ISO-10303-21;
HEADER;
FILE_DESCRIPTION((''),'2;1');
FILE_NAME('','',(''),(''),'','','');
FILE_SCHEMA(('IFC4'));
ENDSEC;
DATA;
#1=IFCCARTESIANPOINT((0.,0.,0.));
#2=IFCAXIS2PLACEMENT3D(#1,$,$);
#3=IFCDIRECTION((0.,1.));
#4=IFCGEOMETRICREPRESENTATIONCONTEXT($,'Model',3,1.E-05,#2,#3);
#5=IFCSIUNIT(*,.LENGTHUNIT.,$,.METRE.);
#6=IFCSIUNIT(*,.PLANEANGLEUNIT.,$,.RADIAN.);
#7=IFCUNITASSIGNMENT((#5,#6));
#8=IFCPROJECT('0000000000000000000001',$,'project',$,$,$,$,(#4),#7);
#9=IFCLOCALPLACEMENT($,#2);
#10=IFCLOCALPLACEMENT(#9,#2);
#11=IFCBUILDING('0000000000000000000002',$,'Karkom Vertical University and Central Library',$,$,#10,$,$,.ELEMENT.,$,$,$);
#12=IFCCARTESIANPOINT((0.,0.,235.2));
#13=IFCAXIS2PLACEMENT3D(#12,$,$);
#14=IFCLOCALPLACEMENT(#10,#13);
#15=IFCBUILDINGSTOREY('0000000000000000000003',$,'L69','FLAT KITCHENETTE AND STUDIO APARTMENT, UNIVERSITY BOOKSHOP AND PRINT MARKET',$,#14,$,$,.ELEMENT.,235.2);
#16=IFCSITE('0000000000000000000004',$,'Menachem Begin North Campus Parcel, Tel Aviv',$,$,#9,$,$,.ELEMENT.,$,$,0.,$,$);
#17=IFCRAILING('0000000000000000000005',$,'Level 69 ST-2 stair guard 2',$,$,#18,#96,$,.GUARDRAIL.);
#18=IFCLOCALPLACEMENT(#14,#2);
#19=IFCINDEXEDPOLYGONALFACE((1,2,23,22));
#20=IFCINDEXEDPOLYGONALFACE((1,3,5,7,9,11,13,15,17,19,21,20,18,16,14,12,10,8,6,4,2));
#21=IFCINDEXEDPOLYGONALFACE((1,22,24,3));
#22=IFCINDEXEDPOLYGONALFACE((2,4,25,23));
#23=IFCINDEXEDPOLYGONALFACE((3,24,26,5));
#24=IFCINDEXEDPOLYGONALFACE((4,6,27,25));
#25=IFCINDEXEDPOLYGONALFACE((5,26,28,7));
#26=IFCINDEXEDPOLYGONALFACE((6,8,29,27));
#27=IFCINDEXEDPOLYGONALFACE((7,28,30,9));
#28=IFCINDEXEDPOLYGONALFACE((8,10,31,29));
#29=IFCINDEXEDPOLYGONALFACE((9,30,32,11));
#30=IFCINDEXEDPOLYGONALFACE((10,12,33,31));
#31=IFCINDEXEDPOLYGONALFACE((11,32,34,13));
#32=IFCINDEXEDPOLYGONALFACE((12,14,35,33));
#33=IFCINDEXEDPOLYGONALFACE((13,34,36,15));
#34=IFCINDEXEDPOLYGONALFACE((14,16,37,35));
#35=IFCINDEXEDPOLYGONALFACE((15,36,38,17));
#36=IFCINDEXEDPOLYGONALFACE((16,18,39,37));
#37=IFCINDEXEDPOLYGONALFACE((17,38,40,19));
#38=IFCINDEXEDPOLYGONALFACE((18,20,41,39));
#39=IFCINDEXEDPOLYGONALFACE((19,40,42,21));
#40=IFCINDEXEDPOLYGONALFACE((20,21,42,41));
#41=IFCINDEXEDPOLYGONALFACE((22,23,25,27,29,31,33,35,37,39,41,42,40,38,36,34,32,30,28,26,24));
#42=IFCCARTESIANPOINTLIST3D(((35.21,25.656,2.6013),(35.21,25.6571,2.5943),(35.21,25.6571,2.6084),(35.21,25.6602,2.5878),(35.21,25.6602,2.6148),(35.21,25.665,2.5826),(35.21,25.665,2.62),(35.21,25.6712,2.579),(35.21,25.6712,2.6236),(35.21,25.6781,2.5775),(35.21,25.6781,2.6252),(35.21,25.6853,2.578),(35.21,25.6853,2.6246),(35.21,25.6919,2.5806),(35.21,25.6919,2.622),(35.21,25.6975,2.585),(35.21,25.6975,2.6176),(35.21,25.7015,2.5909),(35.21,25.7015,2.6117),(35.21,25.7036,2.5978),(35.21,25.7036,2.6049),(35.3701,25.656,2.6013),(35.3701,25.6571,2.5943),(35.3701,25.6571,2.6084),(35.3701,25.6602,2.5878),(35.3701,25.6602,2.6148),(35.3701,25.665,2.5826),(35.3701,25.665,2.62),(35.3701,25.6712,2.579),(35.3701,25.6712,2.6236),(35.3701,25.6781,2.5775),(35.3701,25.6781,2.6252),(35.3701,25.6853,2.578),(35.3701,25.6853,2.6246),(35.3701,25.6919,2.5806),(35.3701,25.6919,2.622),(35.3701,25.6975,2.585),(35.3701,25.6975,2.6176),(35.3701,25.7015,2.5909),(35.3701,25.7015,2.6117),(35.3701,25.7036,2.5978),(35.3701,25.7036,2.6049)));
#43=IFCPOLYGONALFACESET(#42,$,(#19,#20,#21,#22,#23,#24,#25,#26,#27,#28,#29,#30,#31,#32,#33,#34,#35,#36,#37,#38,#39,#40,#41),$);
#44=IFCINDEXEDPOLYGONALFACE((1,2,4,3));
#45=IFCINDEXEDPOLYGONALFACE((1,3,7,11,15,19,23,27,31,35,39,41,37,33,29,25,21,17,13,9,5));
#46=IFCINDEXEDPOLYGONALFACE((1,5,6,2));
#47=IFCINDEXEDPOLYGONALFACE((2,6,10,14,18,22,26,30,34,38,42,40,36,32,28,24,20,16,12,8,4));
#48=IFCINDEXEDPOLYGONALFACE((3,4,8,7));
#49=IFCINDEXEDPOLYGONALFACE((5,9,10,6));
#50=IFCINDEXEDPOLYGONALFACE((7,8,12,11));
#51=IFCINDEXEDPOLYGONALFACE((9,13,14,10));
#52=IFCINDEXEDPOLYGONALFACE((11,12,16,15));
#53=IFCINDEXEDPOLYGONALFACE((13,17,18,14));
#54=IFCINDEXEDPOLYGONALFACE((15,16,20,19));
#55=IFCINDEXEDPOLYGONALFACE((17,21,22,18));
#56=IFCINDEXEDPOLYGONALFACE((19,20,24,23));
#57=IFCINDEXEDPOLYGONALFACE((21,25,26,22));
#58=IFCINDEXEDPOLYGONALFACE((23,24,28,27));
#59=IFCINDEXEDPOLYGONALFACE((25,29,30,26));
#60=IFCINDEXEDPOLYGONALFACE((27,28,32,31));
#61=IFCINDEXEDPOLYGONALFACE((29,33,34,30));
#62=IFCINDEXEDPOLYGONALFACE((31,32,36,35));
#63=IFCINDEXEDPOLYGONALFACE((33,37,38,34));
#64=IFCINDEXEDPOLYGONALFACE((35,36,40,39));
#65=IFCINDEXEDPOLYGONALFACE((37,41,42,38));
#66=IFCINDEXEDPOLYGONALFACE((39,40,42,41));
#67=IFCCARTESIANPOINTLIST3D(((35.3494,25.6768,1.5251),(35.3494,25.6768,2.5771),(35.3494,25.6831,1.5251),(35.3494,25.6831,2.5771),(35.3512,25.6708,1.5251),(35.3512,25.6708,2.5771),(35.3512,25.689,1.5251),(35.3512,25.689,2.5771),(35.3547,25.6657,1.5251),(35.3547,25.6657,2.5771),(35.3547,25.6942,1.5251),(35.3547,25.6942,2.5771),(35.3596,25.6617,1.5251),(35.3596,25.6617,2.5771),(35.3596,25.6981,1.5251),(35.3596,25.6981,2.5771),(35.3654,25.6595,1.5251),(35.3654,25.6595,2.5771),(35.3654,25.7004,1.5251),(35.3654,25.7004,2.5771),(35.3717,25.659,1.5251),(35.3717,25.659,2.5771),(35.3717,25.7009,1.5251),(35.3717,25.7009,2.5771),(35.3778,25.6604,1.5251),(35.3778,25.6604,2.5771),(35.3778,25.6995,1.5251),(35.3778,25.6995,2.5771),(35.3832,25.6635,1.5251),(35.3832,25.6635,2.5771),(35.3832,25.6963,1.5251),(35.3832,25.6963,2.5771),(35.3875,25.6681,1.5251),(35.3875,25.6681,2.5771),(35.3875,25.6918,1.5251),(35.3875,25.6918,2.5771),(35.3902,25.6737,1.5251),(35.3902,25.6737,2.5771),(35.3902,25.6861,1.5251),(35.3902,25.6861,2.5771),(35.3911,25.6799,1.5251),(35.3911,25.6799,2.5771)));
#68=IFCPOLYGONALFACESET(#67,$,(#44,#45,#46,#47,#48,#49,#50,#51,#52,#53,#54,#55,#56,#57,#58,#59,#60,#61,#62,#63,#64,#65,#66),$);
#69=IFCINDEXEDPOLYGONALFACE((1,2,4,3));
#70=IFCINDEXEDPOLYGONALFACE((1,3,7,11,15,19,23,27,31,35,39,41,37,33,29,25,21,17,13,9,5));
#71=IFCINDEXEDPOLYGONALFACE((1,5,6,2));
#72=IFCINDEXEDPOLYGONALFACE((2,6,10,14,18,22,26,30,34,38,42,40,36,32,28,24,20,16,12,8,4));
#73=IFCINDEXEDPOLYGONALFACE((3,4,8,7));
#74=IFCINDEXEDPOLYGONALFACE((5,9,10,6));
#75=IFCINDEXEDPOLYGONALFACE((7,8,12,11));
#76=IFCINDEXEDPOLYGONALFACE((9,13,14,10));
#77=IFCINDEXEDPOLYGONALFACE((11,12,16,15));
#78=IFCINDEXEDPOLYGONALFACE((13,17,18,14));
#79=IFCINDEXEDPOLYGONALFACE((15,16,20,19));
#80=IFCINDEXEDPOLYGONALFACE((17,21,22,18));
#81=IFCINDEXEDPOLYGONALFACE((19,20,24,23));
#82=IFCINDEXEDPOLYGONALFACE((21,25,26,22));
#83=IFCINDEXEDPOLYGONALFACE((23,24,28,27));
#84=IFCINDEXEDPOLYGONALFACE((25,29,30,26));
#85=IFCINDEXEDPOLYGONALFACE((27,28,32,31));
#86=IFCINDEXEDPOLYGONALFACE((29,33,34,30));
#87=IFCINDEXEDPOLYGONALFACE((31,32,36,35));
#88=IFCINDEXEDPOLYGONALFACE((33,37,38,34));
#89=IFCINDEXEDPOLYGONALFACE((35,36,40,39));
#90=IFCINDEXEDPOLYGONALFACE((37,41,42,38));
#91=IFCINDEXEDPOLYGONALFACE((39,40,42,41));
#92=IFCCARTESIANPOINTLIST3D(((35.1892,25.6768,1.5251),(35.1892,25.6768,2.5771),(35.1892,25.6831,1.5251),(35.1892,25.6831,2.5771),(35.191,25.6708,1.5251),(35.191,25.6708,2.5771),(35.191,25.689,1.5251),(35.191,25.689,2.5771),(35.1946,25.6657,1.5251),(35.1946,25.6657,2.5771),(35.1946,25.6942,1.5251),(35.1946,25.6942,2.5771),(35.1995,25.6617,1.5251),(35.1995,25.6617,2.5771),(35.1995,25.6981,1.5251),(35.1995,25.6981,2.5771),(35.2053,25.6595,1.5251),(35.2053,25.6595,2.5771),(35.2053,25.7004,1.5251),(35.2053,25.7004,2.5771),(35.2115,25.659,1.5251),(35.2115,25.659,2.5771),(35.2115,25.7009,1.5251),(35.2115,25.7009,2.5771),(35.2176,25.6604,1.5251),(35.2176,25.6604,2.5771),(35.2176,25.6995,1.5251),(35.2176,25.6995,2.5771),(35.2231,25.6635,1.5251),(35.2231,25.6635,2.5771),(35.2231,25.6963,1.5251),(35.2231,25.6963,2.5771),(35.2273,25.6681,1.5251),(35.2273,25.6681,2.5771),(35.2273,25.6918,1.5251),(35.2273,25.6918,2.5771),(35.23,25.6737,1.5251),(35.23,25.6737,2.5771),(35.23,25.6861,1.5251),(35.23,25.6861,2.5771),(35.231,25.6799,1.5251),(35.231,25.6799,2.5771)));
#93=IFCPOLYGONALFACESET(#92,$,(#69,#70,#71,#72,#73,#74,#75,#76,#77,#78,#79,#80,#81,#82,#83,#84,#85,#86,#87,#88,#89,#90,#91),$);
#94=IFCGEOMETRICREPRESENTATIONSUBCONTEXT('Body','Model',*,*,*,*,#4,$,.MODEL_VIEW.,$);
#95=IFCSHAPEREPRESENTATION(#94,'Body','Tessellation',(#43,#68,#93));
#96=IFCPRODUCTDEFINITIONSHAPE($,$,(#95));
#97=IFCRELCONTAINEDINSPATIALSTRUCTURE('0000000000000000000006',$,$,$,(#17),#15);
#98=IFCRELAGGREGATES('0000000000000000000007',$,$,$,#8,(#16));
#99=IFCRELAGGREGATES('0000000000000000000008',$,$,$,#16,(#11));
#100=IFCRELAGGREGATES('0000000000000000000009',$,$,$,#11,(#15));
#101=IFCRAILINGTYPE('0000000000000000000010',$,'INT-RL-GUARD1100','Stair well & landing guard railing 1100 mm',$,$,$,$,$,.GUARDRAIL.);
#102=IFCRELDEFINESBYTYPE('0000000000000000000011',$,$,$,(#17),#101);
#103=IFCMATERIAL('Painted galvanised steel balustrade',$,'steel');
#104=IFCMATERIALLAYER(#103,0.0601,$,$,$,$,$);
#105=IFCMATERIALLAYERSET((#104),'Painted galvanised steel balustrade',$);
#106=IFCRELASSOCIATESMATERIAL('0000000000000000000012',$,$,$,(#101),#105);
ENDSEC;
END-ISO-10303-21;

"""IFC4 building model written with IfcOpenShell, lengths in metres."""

from ifc_helpers import new_model, si_unit, direction, frame, origin, origin_2d, place, context, subcontext, project, spatial, circle, extrude, material, layer, layer_set, type_object, element, save


model = new_model("IFC4")

# Units and contexts
model_context = context("Model", 3, precision=1e-05, world=origin(), true_north=direction((0.0, 1.0)))
body_context = subcontext(model_context, "Body", "Model", "MODEL_VIEW")
ifc_project = project(units=[si_unit("LENGTHUNIT", "METRE"), si_unit("PLANEANGLEUNIT", "RADIAN")], contexts=[model_context])

# Site, building, storey
site_placement = place(None, origin())
site = spatial("IfcSite", under=ifc_project, at=site_placement, Name="Menachem Begin North Campus Parcel, Tel Aviv", CompositionType="ELEMENT", RefElevation=0.0)
building_placement = place(site_placement, origin())
building = spatial("IfcBuilding", under=site, at=building_placement, Name="Karkom Vertical University and Central Library", CompositionType="ELEMENT")
storey_placement = place(building_placement, frame((0.0, 0.0, 235.2)))
storey = spatial("IfcBuildingStorey", under=building, at=storey_placement, Name="L69", Description="FLAT KITCHENETTE AND STUDIO APARTMENT, UNIVERSITY BOOKSHOP AND PRINT MARKET", CompositionType="ELEMENT", Elevation=235.2)

# Railing
ifc_material_1 = material(Name="Painted galvanised steel balustrade", Category="steel")
ifc_layer_1 = layer(ifc_material_1, 0.0601)
ifc_layer_set_1 = layer_set([ifc_layer_1], Name="Painted galvanised steel balustrade")
railing_type = type_object("IfcRailingType", Name="INT-RL-GUARD1100", Description="Stair well & landing guard railing 1100 mm", PredefinedType="GUARDRAIL", material=ifc_layer_set_1)
railing_1_placement = place(storey_placement, frame((35.3701, 25.6799, 1.5251)))
element("IfcRailing", 1, at=railing_1_placement, inside=storey, type_object=railing_type, Name="Level 69 ST-2 stair guard 2", PredefinedType="GUARDRAIL", context=body_context, shape_type="SweptSolid", body=[
    extrude(circle(Radius=0.0239, at=origin_2d()), frame((0.0, 0.0, 1.0762), z_axis=(-1.0, 0.0, 0.0), x_axis=(0.0, -1.0, 0.0)), (0.0, 0.0, 1.0), 0.1602),
    extrude(circle(Radius=0.021, at=origin_2d()), origin(), (0.0, 0.0, 1.0), 1.052),
    extrude(circle(Radius=0.021, at=origin_2d()), frame((-0.1602, 0.0, 0.0)), (0.0, 0.0, 1.0), 1.052),
])

save(model, "model.ifc")
